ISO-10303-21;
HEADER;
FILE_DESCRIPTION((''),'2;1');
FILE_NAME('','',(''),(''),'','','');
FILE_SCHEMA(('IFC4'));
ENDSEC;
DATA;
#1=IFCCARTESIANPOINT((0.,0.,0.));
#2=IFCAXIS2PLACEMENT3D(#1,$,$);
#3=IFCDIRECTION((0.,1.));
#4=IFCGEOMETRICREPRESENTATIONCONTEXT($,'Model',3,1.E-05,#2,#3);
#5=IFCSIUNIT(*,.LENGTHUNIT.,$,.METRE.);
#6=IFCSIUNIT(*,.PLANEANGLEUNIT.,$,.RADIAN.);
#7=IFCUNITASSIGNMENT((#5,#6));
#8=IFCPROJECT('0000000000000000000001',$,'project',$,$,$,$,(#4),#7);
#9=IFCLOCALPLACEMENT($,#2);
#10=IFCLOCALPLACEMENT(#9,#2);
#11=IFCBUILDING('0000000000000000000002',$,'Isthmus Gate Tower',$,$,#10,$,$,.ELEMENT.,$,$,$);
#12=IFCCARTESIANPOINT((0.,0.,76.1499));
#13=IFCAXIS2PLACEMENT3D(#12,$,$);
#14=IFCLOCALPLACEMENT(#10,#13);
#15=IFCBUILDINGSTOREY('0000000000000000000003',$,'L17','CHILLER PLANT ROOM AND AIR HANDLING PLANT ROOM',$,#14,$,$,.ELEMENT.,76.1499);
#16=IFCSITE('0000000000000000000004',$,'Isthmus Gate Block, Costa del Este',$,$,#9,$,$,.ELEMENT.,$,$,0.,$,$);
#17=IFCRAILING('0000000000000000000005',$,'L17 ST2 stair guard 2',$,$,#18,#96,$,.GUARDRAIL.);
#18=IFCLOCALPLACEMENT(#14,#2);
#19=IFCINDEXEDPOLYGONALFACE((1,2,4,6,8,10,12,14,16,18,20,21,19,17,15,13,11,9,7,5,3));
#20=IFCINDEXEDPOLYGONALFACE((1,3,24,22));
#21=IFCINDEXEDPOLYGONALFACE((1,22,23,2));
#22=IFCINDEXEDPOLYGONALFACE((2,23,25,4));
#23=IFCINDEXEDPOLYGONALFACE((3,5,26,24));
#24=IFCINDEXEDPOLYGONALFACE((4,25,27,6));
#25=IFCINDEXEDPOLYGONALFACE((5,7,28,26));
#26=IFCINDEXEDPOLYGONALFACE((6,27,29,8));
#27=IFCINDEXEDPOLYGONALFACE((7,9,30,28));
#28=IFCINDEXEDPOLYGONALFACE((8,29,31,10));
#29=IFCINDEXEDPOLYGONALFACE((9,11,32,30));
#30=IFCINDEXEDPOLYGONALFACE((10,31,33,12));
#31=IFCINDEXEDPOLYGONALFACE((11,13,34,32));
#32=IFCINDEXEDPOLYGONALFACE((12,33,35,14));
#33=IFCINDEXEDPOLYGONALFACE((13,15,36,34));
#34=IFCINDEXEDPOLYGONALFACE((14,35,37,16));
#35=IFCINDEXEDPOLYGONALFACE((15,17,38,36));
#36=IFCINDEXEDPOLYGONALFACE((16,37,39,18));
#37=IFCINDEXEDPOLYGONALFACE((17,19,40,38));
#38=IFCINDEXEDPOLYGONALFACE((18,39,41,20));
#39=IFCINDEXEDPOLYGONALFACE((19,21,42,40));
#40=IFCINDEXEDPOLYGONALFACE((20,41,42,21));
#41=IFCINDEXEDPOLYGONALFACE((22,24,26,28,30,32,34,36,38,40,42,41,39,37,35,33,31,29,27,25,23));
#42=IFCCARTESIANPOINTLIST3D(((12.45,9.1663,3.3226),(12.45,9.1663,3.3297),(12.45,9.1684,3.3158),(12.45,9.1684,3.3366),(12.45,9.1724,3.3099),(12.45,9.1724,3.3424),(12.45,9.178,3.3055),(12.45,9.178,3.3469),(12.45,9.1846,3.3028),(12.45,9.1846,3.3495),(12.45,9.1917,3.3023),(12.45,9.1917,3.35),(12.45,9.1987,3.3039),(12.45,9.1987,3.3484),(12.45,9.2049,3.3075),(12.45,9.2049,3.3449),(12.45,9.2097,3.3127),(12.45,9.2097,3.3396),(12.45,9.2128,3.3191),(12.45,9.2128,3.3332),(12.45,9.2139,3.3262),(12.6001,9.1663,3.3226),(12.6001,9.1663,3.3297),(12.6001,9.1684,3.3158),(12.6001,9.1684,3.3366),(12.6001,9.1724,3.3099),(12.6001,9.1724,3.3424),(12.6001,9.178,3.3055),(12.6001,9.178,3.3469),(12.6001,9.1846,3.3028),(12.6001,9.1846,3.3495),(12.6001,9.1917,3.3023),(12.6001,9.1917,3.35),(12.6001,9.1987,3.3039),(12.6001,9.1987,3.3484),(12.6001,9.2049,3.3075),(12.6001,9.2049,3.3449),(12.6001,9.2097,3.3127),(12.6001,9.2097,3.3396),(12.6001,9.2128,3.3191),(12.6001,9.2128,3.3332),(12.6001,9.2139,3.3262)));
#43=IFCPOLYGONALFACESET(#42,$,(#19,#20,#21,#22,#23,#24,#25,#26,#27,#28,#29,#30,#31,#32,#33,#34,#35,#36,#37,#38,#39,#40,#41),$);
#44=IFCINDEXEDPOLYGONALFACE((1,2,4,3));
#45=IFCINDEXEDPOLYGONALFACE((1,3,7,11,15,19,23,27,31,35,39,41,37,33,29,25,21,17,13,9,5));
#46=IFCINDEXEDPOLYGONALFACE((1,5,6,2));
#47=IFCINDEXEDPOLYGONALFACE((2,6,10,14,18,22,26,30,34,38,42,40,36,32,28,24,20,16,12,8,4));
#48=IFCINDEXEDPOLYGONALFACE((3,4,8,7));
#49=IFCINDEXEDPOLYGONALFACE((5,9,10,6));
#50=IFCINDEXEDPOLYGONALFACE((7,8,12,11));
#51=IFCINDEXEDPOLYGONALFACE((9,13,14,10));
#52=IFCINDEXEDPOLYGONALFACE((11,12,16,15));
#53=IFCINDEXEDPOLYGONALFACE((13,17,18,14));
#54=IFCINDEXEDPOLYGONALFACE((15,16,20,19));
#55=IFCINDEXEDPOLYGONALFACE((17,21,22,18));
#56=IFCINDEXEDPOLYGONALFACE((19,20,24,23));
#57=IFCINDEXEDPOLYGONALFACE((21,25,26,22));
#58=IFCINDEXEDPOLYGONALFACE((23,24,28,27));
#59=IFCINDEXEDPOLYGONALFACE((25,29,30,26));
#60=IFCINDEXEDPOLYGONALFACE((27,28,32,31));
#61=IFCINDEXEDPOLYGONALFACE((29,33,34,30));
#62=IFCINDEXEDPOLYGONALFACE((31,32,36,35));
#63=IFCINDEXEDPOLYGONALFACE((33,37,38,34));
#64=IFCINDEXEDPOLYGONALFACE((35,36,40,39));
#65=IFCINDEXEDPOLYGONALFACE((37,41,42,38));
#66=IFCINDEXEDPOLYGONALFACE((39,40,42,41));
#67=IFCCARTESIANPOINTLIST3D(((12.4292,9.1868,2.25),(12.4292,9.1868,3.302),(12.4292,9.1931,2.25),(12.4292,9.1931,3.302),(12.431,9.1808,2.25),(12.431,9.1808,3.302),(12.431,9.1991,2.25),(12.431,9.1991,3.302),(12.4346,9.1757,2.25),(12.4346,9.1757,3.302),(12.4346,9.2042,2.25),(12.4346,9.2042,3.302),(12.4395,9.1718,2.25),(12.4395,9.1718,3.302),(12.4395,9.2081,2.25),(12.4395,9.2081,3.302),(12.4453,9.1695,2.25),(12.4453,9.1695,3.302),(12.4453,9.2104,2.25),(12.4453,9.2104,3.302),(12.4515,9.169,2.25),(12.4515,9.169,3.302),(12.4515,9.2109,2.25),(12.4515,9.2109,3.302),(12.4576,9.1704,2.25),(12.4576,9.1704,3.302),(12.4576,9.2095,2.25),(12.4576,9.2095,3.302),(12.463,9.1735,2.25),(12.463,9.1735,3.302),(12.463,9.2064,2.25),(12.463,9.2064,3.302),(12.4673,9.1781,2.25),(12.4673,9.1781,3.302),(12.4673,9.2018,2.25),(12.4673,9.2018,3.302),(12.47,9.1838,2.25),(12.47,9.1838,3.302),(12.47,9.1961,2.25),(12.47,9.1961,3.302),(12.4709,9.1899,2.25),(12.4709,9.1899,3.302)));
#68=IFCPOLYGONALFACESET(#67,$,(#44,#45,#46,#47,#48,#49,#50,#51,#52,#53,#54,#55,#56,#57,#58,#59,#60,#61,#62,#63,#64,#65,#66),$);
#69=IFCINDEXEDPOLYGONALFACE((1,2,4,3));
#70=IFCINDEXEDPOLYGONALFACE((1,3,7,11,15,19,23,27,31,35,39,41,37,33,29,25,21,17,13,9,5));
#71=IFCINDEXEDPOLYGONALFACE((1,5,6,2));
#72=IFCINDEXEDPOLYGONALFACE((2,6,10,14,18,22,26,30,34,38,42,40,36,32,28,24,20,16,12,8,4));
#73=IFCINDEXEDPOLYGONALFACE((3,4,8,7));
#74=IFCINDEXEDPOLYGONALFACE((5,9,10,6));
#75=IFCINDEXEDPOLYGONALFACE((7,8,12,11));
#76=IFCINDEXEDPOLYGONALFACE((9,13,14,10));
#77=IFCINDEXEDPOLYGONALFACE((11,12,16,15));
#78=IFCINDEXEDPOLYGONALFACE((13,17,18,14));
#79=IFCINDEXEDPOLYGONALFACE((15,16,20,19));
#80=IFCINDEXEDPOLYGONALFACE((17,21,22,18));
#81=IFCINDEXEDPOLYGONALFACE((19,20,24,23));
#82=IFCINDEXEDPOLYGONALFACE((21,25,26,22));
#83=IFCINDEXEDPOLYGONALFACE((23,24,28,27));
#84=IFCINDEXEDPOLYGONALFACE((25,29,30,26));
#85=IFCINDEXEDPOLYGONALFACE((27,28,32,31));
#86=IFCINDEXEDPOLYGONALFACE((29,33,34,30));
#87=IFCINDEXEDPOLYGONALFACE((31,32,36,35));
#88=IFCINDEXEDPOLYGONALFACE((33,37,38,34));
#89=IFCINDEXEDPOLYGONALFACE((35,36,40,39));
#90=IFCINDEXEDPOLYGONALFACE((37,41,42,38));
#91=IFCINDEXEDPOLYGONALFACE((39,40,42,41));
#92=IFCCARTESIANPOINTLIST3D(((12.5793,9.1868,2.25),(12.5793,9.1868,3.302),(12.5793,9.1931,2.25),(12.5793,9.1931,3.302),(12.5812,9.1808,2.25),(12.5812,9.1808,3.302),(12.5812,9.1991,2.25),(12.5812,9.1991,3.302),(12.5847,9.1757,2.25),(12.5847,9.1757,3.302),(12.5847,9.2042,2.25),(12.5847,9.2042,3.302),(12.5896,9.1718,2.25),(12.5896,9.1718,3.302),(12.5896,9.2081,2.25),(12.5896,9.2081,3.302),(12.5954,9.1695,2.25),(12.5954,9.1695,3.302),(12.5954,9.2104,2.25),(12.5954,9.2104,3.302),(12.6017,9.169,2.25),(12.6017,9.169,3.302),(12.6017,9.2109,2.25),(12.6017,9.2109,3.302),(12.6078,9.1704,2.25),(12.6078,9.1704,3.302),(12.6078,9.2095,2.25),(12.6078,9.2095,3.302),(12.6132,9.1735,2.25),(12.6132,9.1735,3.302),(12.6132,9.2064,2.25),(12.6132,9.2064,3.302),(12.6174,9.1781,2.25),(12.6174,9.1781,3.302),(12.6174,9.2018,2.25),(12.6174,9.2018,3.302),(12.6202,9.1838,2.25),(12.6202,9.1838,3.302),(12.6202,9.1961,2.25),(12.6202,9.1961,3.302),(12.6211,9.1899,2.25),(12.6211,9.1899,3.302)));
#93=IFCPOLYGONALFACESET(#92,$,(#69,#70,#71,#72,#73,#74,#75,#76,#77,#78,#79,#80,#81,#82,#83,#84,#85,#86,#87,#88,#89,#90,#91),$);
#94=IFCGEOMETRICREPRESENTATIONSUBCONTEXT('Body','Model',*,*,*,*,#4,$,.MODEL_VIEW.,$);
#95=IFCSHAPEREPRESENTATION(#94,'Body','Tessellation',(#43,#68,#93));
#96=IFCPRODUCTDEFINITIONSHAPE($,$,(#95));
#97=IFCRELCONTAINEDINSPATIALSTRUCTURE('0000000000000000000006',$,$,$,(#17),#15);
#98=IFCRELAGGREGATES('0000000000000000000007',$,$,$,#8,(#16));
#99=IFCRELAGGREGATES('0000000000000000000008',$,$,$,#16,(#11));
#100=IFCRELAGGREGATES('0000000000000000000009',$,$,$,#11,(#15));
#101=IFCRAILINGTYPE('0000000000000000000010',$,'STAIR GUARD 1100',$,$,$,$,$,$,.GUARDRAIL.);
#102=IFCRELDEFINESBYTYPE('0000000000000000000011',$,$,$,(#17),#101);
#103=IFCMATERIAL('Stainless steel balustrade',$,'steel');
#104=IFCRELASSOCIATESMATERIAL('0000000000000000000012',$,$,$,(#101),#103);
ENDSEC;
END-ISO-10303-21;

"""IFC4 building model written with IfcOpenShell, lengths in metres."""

from ifc_helpers import new_model, si_unit, direction, frame, origin, origin_2d, place, context, subcontext, project, spatial, circle, extrude, material, type_object, element, save


model = new_model("IFC4")

# Units and contexts
model_context = context("Model", 3, precision=1e-05, world=origin(), true_north=direction((0.0, 1.0)))
body_context = subcontext(model_context, "Body", "Model", "MODEL_VIEW")
ifc_project = project(units=[si_unit("LENGTHUNIT", "METRE"), si_unit("PLANEANGLEUNIT", "RADIAN")], contexts=[model_context])

# Site, building, storey
site_placement = place(None, origin())
site = spatial("IfcSite", under=ifc_project, at=site_placement, Name="Isthmus Gate Block, Costa del Este", CompositionType="ELEMENT", RefElevation=0.0)
building_placement = place(site_placement, origin())
building = spatial("IfcBuilding", under=site, at=building_placement, Name="Isthmus Gate Tower", CompositionType="ELEMENT")
storey_placement = place(building_placement, frame((0.0, 0.0, 76.1499)))
storey = spatial("IfcBuildingStorey", under=building, at=storey_placement, Name="L17", Description="CHILLER PLANT ROOM AND AIR HANDLING PLANT ROOM", CompositionType="ELEMENT", Elevation=76.1499)

# Railing
ifc_material_1 = material(Name="Stainless steel balustrade", Category="steel")
railing_type_1 = type_object("IfcRailingType", Name="STAIR GUARD 1100", PredefinedType="GUARDRAIL", material=ifc_material_1)
railing_1_placement = place(storey_placement, frame((12.45, 9.1899, 2.25)))
element("IfcRailing", 1, at=railing_1_placement, inside=storey, type_object=railing_type_1, Name="L17 ST2 stair guard 2", PredefinedType="GUARDRAIL", context=body_context, shape_type="SweptSolid", body=[
    extrude(circle(Radius=0.0239, at=origin_2d()), frame((0.0, 0.0, 1.0762), z_axis=(1.0, 0.0, 0.0), x_axis=(0.0, 1.0, 0.0)), (0.0, 0.0, 1.0), 0.1501),
    extrude(circle(Radius=0.021, at=origin_2d()), origin(), (0.0, 0.0, 1.0), 1.052),
    extrude(circle(Radius=0.021, at=origin_2d()), frame((0.1501, 0.0, 0.0)), (0.0, 0.0, 1.0), 1.052),
])

save(model, "model.ifc")
